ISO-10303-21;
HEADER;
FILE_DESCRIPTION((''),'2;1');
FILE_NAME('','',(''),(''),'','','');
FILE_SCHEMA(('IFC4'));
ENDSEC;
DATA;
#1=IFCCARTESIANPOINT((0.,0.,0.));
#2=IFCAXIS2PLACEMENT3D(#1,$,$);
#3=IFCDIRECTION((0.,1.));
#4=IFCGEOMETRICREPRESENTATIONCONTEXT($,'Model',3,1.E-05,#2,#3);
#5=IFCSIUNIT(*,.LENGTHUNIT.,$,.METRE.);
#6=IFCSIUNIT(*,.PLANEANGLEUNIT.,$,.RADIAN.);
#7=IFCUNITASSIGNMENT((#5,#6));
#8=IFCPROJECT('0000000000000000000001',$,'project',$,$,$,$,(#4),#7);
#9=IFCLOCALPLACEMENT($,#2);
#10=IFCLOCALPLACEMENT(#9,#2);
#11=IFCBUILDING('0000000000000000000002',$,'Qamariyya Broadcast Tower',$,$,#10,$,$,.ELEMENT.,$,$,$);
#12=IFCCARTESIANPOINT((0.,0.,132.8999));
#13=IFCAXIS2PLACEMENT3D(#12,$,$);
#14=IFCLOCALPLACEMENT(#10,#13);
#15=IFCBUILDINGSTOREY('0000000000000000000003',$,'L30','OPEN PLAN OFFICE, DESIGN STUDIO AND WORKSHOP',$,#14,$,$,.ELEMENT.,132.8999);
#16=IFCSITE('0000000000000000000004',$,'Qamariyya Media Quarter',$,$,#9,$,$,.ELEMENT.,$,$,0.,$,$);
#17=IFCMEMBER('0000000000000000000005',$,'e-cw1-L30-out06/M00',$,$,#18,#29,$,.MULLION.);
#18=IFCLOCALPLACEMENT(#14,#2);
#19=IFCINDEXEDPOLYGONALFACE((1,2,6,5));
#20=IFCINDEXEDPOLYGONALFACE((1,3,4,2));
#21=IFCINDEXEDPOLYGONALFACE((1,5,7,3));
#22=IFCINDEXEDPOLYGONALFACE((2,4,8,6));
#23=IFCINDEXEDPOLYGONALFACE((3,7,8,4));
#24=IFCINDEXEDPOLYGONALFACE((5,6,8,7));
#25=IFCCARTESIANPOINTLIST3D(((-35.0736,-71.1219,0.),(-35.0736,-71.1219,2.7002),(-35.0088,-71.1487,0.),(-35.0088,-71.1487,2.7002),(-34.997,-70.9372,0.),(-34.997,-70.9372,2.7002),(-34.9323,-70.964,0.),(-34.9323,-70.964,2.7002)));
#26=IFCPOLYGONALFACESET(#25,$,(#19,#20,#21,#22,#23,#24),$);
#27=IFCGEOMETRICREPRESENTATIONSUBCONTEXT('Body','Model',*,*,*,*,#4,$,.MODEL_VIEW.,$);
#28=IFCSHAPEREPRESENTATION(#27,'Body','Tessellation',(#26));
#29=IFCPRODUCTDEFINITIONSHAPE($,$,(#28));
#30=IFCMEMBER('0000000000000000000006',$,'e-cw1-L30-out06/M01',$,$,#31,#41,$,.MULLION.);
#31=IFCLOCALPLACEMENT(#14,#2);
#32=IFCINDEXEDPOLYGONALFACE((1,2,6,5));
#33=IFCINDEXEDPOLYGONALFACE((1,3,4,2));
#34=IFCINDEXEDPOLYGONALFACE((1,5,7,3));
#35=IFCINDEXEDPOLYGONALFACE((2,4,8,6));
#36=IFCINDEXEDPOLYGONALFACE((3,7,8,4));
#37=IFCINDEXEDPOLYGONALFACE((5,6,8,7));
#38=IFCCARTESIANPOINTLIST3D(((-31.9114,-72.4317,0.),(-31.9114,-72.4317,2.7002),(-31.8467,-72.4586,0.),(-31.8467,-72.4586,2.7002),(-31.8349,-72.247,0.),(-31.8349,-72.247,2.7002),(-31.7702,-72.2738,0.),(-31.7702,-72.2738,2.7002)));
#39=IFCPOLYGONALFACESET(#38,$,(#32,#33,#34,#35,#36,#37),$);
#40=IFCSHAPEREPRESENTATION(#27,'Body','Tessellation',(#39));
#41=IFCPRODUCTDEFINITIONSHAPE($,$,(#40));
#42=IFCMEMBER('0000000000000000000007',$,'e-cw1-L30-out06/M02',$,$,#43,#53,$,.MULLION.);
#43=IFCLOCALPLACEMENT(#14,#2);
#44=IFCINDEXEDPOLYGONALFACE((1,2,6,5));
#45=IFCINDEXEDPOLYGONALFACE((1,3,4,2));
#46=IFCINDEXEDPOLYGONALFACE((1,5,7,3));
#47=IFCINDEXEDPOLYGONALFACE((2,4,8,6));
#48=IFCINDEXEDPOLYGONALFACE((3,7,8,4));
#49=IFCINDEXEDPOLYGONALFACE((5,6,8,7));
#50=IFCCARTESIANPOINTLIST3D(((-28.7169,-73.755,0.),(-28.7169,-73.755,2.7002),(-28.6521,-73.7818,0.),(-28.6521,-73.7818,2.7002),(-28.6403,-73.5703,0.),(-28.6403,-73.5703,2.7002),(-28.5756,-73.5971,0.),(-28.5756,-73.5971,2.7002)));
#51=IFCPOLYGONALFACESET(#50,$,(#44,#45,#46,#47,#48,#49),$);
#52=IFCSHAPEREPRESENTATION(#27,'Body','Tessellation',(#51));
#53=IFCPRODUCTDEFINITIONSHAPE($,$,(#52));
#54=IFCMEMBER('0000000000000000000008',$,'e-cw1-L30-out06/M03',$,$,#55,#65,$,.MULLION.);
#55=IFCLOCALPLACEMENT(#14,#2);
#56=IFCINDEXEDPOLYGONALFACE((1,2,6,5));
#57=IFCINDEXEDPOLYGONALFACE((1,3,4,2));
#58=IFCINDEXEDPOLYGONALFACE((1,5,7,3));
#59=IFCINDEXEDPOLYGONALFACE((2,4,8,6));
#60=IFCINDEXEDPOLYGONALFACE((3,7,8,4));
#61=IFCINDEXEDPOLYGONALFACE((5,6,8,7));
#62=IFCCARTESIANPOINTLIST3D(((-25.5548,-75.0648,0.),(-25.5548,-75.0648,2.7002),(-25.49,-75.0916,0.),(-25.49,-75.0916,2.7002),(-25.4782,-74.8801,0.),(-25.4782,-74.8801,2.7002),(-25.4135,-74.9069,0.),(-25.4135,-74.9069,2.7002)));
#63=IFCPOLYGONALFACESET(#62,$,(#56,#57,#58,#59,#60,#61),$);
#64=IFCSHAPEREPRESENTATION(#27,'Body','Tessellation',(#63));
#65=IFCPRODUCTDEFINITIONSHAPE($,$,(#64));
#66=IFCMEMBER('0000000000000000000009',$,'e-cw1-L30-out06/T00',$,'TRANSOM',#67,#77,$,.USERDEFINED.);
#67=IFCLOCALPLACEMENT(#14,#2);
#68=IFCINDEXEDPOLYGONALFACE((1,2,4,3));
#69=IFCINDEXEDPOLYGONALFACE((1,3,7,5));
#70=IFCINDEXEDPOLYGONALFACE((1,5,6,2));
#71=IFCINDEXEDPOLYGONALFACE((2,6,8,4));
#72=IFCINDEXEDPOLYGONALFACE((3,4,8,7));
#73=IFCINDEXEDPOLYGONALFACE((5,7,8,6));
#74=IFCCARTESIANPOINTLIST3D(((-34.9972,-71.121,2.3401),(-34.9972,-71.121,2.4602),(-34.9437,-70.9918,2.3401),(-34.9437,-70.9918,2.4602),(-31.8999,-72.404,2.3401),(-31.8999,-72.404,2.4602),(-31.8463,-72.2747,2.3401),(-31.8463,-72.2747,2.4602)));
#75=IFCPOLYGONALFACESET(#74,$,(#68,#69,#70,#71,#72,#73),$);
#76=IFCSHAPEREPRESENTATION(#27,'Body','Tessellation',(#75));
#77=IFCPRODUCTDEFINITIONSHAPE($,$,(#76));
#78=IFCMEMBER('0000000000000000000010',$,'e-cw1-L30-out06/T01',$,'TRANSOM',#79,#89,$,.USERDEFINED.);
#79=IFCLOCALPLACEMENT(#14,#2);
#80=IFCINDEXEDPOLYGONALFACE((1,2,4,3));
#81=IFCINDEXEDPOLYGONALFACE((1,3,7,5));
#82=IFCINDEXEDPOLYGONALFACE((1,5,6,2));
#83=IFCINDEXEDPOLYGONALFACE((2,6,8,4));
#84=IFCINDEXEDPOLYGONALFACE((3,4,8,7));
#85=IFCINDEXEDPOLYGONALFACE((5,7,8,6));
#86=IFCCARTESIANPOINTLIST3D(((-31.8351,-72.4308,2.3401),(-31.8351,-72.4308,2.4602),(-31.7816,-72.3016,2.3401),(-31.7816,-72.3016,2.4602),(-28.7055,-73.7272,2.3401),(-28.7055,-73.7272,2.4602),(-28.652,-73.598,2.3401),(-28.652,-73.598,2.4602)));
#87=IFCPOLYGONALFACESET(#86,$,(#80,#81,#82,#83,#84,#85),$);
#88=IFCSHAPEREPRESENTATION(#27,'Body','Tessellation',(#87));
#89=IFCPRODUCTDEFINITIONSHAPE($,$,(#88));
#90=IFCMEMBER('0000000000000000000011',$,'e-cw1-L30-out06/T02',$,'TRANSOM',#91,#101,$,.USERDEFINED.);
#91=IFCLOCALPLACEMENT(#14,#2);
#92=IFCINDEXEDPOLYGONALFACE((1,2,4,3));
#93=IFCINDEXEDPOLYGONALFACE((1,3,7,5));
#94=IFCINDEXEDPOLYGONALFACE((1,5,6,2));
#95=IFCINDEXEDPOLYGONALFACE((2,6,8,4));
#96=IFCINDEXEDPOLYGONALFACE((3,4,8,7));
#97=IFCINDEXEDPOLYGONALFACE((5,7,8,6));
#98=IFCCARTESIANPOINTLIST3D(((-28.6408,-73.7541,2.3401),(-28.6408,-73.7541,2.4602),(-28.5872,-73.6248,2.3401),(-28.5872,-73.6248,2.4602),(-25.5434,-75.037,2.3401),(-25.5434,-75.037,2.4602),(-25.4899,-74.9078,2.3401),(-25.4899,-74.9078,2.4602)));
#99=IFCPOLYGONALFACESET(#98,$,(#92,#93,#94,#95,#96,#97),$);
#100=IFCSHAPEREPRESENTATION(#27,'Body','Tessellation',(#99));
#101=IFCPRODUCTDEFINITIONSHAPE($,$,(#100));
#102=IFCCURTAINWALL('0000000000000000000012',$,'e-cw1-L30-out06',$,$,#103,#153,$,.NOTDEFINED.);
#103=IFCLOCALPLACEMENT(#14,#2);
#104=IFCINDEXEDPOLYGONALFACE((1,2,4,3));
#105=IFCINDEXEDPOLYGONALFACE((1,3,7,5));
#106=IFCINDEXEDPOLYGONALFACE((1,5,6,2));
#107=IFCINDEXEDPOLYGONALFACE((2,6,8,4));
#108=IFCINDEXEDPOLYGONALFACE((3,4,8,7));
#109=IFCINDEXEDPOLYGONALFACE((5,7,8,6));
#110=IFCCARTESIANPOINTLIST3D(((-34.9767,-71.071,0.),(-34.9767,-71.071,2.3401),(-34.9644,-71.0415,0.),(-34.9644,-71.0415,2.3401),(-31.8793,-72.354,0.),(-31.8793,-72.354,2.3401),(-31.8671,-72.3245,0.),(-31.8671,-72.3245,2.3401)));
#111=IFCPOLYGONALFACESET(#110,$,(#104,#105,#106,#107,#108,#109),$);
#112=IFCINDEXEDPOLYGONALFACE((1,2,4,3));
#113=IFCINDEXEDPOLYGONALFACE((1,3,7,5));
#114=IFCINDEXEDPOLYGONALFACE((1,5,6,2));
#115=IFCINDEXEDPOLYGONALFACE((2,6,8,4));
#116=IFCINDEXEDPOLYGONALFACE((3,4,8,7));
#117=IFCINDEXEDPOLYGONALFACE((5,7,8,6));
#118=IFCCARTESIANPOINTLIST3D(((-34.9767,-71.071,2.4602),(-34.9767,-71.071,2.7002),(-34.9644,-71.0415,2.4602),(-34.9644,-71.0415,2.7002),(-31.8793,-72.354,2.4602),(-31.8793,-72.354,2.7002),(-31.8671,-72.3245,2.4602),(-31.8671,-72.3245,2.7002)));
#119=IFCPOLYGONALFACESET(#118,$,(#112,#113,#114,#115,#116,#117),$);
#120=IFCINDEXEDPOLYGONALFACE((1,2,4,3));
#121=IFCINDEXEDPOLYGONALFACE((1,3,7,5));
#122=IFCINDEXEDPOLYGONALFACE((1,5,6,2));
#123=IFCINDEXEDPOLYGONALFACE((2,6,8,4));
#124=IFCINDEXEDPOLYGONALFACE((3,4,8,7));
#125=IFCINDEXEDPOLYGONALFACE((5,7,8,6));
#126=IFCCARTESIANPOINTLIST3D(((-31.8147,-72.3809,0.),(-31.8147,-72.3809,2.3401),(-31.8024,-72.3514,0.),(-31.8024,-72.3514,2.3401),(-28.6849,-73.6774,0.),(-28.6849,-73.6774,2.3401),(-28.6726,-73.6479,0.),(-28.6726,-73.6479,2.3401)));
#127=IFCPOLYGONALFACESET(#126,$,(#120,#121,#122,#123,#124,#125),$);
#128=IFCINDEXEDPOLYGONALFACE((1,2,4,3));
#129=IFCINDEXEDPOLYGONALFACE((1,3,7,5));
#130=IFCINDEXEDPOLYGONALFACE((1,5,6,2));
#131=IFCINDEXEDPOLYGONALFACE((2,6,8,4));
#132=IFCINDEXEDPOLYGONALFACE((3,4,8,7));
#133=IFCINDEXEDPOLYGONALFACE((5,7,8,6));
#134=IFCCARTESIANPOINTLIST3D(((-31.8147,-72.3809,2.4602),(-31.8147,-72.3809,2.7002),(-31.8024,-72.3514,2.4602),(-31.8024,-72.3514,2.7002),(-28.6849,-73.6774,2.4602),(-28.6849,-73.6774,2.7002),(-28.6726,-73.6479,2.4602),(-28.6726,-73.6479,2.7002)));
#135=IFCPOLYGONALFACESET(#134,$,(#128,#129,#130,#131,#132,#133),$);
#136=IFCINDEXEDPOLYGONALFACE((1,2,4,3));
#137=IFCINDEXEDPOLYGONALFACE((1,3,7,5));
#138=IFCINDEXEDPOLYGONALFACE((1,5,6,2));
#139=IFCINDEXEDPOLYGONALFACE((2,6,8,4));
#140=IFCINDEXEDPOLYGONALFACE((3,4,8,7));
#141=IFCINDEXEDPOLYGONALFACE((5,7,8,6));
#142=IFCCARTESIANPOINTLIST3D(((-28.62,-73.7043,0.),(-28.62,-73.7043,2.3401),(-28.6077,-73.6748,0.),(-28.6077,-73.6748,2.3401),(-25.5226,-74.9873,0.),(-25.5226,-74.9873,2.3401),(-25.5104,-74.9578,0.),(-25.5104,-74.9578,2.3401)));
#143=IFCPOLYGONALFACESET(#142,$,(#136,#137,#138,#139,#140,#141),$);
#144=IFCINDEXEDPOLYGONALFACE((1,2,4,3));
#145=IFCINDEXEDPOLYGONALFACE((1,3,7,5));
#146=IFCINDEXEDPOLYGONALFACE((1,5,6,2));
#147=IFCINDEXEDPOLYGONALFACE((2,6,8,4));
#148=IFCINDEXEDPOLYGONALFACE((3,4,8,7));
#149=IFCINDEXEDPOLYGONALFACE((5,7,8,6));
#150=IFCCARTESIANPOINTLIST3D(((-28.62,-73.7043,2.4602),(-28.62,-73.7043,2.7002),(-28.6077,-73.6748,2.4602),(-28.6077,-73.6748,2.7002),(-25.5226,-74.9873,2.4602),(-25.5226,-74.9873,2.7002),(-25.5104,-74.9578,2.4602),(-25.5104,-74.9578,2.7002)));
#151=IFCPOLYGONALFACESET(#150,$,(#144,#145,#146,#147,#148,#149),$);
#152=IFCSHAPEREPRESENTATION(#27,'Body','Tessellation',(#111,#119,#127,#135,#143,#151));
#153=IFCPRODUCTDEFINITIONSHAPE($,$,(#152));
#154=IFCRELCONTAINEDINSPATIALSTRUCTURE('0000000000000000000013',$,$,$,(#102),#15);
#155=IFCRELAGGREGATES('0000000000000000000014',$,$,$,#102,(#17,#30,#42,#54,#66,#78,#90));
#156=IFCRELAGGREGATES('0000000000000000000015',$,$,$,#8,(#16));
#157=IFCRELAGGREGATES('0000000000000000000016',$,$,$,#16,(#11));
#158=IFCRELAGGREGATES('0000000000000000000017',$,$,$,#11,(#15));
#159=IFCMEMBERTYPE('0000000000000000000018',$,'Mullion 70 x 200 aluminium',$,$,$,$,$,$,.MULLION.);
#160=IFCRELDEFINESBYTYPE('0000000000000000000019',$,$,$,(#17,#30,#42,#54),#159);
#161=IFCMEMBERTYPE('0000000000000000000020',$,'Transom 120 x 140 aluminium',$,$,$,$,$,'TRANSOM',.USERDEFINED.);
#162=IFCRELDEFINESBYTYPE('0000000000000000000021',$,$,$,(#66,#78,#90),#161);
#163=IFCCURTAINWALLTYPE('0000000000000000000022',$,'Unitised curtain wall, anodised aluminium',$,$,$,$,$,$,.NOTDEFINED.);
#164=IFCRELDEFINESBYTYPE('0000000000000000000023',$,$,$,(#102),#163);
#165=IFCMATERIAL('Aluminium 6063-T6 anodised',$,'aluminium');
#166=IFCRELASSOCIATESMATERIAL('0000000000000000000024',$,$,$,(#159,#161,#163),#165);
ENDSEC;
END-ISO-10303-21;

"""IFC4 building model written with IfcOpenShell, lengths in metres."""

from ifc_helpers import new_model, si_unit, direction, frame, origin, origin_2d, place, context, subcontext, project, spatial, rectangle, extrude, material, material_profile, profile_set, type_object, element, aggregate, save


model = new_model("IFC4")

# Units and contexts
model_context = context("Model", 3, precision=1e-05, world=origin(), true_north=direction((0.0, 1.0)))
body_context = subcontext(model_context, "Body", "Model", "MODEL_VIEW")
ifc_project = project(units=[si_unit("LENGTHUNIT", "METRE"), si_unit("PLANEANGLEUNIT", "RADIAN")], contexts=[model_context])

# Members
ifc_material = material(Name="Aluminium 6063-T6 anodised", Category="aluminium")
ifc_material_profile_1 = material_profile(ifc_material, rectangle(XDim=0.2, YDim=0.0701, at=origin_2d()))
ifc_profile_set_1 = profile_set([ifc_material_profile_1], Name="Aluminium 6063-T6 anodised")
member_type_1 = type_object("IfcMemberType", Name="Mullion 70 x 200 aluminium", PredefinedType="MULLION", material=ifc_profile_set_1)
site_placement = place(None, origin())
building_placement = place(site_placement, origin())
storey_placement = place(building_placement, frame((0.0, 0.0, 132.8999)))
member_1_placement = place(storey_placement, frame((-35.0029, -71.043, 0.0), z_axis=(0.0, 0.0, 1.0), x_axis=(0.382683, 0.92388, 0.0)))
member_1 = element("IfcMember", 1, at=member_1_placement, type_object=member_type_1, Name="e-cw1-L30-out06/M00", PredefinedType="MULLION", context=body_context, shape_type="SweptSolid", body=[
    extrude(rectangle(XDim=0.2, YDim=0.0701, at=origin_2d()), origin(), (0.0, 0.0, 1.0), 2.7002),
])
member_2_placement = place(storey_placement, frame((-31.8408, -72.3528, 0.0), z_axis=(0.0, 0.0, 1.0), x_axis=(0.382683, 0.92388, 0.0)))
member_2 = element("IfcMember", 2, at=member_2_placement, type_object=member_type_1, Name="e-cw1-L30-out06/M01", PredefinedType="MULLION", context=body_context, shape_type="SweptSolid", body=[
    extrude(rectangle(XDim=0.2, YDim=0.0701, at=origin_2d()), origin(), (0.0, 0.0, 1.0), 2.7002),
])
member_3_placement = place(storey_placement, frame((-28.6462, -73.676, 0.0), z_axis=(0.0, 0.0, 1.0), x_axis=(0.382683, 0.92388, 0.0)))
member_3 = element("IfcMember", 3, at=member_3_placement, type_object=member_type_1, Name="e-cw1-L30-out06/M02", PredefinedType="MULLION", context=body_context, shape_type="SweptSolid", body=[
    extrude(rectangle(XDim=0.2, YDim=0.0701, at=origin_2d()), origin(), (0.0, 0.0, 1.0), 2.7002),
])
member_4_placement = place(storey_placement, frame((-25.4841, -74.9858, 0.0), z_axis=(0.0, 0.0, 1.0), x_axis=(0.382683, 0.92388, 0.0)))
member_4 = element("IfcMember", 4, at=member_4_placement, type_object=member_type_1, Name="e-cw1-L30-out06/M03", PredefinedType="MULLION", context=body_context, shape_type="SweptSolid", body=[
    extrude(rectangle(XDim=0.2, YDim=0.0701, at=origin_2d()), origin(), (0.0, 0.0, 1.0), 2.7002),
])
ifc_material_profile_2 = material_profile(ifc_material, rectangle(XDim=0.1399, YDim=0.1201, at=origin_2d()))
ifc_profile_set_2 = profile_set([ifc_material_profile_2], Name="Aluminium 6063-T6 anodised")
member_type_2 = type_object("IfcMemberType", Name="Transom 120 x 140 aluminium", ElementType="TRANSOM", PredefinedType="USERDEFINED", material=ifc_profile_set_2)
member_5_placement = place(storey_placement, frame((-34.9705, -71.0564, 2.4001), z_axis=(0.923883, -0.382676, 0.0), x_axis=(0.382676, 0.923883, 0.0)))
member_5 = element("IfcMember", 5, at=member_5_placement, type_object=member_type_2, Name="e-cw1-L30-out06/T00", ObjectType="TRANSOM", PredefinedType="USERDEFINED", context=body_context, shape_type="SweptSolid", body=[
    extrude(rectangle(XDim=0.1399, YDim=0.1201, at=origin_2d()), origin(), (0.0, 0.0, 1.0), 3.3525),
])
member_6_placement = place(storey_placement, frame((-31.8083, -72.3662, 2.4001), z_axis=(0.923875, -0.382696, 0.0), x_axis=(0.382696, 0.923875, 0.0)))
member_6 = element("IfcMember", 6, at=member_6_placement, type_object=member_type_2, Name="e-cw1-L30-out06/T01", ObjectType="TRANSOM", PredefinedType="USERDEFINED", context=body_context, shape_type="SweptSolid", body=[
    extrude(rectangle(XDim=0.1399, YDim=0.1201, at=origin_2d()), origin(), (0.0, 0.0, 1.0), 3.3875),
])
member_7_placement = place(storey_placement, frame((-28.614, -73.6895, 2.4001), z_axis=(0.923883, -0.382676, 0.0), x_axis=(0.382676, 0.923883, 0.0)))
member_7 = element("IfcMember", 7, at=member_7_placement, type_object=member_type_2, Name="e-cw1-L30-out06/T02", ObjectType="TRANSOM", PredefinedType="USERDEFINED", context=body_context, shape_type="SweptSolid", body=[
    extrude(rectangle(XDim=0.1399, YDim=0.1201, at=origin_2d()), origin(), (0.0, 0.0, 1.0), 3.3525),
])

# Site, building, storey
site = spatial("IfcSite", under=ifc_project, at=site_placement, Name="Qamariyya Media Quarter", CompositionType="ELEMENT", RefElevation=0.0)
building = spatial("IfcBuilding", under=site, at=building_placement, Name="Qamariyya Broadcast Tower", CompositionType="ELEMENT")
storey = spatial("IfcBuildingStorey", under=building, at=storey_placement, Name="L30", Description="OPEN PLAN OFFICE, DESIGN STUDIO AND WORKSHOP", CompositionType="ELEMENT", Elevation=132.8999)

# Curtain wall
curtain_wall_type = type_object("IfcCurtainWallType", Name="Unitised curtain wall, anodised aluminium", PredefinedType="NOTDEFINED", material=ifc_material)
curtain_wall_1_placement = place(storey_placement, origin())
curtain_wall_1 = element("IfcCurtainWall", 8, at=curtain_wall_1_placement, inside=storey, type_object=curtain_wall_type, Name="e-cw1-L30-out06", PredefinedType="NOTDEFINED", context=body_context, shape_type="SweptSolid", body=[
    extrude(rectangle(XDim=3.3525, YDim=0.032, at=origin_2d()), frame((-33.4219, -71.6978, 0.0), x_axis=(0.923872, -0.382701, 0.0)), (0.0, 0.0, 1.0), 2.3401),
    extrude(rectangle(XDim=3.3525, YDim=0.032, at=origin_2d()), frame((-33.4219, -71.6978, 2.4602), x_axis=(0.923872, -0.382701, 0.0)), (0.0, 0.0, 1.0), 0.24),
    extrude(rectangle(XDim=3.3877, YDim=0.032, at=origin_2d()), frame((-30.2437, -73.0144, 0.0), x_axis=(0.923872, -0.382701, 0.0)), (0.0, 0.0, 1.0), 2.3401),
    extrude(rectangle(XDim=3.3877, YDim=0.032, at=origin_2d()), frame((-30.2437, -73.0144, 2.4602), x_axis=(0.923872, -0.382701, 0.0)), (0.0, 0.0, 1.0), 0.24),
    extrude(rectangle(XDim=3.3525, YDim=0.032, at=origin_2d()), frame((-27.0652, -74.3311, 0.0), x_axis=(0.923872, -0.382701, 0.0)), (0.0, 0.0, 1.0), 2.3401),
    extrude(rectangle(XDim=3.3525, YDim=0.032, at=origin_2d()), frame((-27.0652, -74.3311, 2.4602), x_axis=(0.923872, -0.382701, 0.0)), (0.0, 0.0, 1.0), 0.24),
])
aggregate(curtain_wall_1, [member_1, member_2, member_3, member_4, member_5, member_6, member_7])

save(model, "model.ifc")
